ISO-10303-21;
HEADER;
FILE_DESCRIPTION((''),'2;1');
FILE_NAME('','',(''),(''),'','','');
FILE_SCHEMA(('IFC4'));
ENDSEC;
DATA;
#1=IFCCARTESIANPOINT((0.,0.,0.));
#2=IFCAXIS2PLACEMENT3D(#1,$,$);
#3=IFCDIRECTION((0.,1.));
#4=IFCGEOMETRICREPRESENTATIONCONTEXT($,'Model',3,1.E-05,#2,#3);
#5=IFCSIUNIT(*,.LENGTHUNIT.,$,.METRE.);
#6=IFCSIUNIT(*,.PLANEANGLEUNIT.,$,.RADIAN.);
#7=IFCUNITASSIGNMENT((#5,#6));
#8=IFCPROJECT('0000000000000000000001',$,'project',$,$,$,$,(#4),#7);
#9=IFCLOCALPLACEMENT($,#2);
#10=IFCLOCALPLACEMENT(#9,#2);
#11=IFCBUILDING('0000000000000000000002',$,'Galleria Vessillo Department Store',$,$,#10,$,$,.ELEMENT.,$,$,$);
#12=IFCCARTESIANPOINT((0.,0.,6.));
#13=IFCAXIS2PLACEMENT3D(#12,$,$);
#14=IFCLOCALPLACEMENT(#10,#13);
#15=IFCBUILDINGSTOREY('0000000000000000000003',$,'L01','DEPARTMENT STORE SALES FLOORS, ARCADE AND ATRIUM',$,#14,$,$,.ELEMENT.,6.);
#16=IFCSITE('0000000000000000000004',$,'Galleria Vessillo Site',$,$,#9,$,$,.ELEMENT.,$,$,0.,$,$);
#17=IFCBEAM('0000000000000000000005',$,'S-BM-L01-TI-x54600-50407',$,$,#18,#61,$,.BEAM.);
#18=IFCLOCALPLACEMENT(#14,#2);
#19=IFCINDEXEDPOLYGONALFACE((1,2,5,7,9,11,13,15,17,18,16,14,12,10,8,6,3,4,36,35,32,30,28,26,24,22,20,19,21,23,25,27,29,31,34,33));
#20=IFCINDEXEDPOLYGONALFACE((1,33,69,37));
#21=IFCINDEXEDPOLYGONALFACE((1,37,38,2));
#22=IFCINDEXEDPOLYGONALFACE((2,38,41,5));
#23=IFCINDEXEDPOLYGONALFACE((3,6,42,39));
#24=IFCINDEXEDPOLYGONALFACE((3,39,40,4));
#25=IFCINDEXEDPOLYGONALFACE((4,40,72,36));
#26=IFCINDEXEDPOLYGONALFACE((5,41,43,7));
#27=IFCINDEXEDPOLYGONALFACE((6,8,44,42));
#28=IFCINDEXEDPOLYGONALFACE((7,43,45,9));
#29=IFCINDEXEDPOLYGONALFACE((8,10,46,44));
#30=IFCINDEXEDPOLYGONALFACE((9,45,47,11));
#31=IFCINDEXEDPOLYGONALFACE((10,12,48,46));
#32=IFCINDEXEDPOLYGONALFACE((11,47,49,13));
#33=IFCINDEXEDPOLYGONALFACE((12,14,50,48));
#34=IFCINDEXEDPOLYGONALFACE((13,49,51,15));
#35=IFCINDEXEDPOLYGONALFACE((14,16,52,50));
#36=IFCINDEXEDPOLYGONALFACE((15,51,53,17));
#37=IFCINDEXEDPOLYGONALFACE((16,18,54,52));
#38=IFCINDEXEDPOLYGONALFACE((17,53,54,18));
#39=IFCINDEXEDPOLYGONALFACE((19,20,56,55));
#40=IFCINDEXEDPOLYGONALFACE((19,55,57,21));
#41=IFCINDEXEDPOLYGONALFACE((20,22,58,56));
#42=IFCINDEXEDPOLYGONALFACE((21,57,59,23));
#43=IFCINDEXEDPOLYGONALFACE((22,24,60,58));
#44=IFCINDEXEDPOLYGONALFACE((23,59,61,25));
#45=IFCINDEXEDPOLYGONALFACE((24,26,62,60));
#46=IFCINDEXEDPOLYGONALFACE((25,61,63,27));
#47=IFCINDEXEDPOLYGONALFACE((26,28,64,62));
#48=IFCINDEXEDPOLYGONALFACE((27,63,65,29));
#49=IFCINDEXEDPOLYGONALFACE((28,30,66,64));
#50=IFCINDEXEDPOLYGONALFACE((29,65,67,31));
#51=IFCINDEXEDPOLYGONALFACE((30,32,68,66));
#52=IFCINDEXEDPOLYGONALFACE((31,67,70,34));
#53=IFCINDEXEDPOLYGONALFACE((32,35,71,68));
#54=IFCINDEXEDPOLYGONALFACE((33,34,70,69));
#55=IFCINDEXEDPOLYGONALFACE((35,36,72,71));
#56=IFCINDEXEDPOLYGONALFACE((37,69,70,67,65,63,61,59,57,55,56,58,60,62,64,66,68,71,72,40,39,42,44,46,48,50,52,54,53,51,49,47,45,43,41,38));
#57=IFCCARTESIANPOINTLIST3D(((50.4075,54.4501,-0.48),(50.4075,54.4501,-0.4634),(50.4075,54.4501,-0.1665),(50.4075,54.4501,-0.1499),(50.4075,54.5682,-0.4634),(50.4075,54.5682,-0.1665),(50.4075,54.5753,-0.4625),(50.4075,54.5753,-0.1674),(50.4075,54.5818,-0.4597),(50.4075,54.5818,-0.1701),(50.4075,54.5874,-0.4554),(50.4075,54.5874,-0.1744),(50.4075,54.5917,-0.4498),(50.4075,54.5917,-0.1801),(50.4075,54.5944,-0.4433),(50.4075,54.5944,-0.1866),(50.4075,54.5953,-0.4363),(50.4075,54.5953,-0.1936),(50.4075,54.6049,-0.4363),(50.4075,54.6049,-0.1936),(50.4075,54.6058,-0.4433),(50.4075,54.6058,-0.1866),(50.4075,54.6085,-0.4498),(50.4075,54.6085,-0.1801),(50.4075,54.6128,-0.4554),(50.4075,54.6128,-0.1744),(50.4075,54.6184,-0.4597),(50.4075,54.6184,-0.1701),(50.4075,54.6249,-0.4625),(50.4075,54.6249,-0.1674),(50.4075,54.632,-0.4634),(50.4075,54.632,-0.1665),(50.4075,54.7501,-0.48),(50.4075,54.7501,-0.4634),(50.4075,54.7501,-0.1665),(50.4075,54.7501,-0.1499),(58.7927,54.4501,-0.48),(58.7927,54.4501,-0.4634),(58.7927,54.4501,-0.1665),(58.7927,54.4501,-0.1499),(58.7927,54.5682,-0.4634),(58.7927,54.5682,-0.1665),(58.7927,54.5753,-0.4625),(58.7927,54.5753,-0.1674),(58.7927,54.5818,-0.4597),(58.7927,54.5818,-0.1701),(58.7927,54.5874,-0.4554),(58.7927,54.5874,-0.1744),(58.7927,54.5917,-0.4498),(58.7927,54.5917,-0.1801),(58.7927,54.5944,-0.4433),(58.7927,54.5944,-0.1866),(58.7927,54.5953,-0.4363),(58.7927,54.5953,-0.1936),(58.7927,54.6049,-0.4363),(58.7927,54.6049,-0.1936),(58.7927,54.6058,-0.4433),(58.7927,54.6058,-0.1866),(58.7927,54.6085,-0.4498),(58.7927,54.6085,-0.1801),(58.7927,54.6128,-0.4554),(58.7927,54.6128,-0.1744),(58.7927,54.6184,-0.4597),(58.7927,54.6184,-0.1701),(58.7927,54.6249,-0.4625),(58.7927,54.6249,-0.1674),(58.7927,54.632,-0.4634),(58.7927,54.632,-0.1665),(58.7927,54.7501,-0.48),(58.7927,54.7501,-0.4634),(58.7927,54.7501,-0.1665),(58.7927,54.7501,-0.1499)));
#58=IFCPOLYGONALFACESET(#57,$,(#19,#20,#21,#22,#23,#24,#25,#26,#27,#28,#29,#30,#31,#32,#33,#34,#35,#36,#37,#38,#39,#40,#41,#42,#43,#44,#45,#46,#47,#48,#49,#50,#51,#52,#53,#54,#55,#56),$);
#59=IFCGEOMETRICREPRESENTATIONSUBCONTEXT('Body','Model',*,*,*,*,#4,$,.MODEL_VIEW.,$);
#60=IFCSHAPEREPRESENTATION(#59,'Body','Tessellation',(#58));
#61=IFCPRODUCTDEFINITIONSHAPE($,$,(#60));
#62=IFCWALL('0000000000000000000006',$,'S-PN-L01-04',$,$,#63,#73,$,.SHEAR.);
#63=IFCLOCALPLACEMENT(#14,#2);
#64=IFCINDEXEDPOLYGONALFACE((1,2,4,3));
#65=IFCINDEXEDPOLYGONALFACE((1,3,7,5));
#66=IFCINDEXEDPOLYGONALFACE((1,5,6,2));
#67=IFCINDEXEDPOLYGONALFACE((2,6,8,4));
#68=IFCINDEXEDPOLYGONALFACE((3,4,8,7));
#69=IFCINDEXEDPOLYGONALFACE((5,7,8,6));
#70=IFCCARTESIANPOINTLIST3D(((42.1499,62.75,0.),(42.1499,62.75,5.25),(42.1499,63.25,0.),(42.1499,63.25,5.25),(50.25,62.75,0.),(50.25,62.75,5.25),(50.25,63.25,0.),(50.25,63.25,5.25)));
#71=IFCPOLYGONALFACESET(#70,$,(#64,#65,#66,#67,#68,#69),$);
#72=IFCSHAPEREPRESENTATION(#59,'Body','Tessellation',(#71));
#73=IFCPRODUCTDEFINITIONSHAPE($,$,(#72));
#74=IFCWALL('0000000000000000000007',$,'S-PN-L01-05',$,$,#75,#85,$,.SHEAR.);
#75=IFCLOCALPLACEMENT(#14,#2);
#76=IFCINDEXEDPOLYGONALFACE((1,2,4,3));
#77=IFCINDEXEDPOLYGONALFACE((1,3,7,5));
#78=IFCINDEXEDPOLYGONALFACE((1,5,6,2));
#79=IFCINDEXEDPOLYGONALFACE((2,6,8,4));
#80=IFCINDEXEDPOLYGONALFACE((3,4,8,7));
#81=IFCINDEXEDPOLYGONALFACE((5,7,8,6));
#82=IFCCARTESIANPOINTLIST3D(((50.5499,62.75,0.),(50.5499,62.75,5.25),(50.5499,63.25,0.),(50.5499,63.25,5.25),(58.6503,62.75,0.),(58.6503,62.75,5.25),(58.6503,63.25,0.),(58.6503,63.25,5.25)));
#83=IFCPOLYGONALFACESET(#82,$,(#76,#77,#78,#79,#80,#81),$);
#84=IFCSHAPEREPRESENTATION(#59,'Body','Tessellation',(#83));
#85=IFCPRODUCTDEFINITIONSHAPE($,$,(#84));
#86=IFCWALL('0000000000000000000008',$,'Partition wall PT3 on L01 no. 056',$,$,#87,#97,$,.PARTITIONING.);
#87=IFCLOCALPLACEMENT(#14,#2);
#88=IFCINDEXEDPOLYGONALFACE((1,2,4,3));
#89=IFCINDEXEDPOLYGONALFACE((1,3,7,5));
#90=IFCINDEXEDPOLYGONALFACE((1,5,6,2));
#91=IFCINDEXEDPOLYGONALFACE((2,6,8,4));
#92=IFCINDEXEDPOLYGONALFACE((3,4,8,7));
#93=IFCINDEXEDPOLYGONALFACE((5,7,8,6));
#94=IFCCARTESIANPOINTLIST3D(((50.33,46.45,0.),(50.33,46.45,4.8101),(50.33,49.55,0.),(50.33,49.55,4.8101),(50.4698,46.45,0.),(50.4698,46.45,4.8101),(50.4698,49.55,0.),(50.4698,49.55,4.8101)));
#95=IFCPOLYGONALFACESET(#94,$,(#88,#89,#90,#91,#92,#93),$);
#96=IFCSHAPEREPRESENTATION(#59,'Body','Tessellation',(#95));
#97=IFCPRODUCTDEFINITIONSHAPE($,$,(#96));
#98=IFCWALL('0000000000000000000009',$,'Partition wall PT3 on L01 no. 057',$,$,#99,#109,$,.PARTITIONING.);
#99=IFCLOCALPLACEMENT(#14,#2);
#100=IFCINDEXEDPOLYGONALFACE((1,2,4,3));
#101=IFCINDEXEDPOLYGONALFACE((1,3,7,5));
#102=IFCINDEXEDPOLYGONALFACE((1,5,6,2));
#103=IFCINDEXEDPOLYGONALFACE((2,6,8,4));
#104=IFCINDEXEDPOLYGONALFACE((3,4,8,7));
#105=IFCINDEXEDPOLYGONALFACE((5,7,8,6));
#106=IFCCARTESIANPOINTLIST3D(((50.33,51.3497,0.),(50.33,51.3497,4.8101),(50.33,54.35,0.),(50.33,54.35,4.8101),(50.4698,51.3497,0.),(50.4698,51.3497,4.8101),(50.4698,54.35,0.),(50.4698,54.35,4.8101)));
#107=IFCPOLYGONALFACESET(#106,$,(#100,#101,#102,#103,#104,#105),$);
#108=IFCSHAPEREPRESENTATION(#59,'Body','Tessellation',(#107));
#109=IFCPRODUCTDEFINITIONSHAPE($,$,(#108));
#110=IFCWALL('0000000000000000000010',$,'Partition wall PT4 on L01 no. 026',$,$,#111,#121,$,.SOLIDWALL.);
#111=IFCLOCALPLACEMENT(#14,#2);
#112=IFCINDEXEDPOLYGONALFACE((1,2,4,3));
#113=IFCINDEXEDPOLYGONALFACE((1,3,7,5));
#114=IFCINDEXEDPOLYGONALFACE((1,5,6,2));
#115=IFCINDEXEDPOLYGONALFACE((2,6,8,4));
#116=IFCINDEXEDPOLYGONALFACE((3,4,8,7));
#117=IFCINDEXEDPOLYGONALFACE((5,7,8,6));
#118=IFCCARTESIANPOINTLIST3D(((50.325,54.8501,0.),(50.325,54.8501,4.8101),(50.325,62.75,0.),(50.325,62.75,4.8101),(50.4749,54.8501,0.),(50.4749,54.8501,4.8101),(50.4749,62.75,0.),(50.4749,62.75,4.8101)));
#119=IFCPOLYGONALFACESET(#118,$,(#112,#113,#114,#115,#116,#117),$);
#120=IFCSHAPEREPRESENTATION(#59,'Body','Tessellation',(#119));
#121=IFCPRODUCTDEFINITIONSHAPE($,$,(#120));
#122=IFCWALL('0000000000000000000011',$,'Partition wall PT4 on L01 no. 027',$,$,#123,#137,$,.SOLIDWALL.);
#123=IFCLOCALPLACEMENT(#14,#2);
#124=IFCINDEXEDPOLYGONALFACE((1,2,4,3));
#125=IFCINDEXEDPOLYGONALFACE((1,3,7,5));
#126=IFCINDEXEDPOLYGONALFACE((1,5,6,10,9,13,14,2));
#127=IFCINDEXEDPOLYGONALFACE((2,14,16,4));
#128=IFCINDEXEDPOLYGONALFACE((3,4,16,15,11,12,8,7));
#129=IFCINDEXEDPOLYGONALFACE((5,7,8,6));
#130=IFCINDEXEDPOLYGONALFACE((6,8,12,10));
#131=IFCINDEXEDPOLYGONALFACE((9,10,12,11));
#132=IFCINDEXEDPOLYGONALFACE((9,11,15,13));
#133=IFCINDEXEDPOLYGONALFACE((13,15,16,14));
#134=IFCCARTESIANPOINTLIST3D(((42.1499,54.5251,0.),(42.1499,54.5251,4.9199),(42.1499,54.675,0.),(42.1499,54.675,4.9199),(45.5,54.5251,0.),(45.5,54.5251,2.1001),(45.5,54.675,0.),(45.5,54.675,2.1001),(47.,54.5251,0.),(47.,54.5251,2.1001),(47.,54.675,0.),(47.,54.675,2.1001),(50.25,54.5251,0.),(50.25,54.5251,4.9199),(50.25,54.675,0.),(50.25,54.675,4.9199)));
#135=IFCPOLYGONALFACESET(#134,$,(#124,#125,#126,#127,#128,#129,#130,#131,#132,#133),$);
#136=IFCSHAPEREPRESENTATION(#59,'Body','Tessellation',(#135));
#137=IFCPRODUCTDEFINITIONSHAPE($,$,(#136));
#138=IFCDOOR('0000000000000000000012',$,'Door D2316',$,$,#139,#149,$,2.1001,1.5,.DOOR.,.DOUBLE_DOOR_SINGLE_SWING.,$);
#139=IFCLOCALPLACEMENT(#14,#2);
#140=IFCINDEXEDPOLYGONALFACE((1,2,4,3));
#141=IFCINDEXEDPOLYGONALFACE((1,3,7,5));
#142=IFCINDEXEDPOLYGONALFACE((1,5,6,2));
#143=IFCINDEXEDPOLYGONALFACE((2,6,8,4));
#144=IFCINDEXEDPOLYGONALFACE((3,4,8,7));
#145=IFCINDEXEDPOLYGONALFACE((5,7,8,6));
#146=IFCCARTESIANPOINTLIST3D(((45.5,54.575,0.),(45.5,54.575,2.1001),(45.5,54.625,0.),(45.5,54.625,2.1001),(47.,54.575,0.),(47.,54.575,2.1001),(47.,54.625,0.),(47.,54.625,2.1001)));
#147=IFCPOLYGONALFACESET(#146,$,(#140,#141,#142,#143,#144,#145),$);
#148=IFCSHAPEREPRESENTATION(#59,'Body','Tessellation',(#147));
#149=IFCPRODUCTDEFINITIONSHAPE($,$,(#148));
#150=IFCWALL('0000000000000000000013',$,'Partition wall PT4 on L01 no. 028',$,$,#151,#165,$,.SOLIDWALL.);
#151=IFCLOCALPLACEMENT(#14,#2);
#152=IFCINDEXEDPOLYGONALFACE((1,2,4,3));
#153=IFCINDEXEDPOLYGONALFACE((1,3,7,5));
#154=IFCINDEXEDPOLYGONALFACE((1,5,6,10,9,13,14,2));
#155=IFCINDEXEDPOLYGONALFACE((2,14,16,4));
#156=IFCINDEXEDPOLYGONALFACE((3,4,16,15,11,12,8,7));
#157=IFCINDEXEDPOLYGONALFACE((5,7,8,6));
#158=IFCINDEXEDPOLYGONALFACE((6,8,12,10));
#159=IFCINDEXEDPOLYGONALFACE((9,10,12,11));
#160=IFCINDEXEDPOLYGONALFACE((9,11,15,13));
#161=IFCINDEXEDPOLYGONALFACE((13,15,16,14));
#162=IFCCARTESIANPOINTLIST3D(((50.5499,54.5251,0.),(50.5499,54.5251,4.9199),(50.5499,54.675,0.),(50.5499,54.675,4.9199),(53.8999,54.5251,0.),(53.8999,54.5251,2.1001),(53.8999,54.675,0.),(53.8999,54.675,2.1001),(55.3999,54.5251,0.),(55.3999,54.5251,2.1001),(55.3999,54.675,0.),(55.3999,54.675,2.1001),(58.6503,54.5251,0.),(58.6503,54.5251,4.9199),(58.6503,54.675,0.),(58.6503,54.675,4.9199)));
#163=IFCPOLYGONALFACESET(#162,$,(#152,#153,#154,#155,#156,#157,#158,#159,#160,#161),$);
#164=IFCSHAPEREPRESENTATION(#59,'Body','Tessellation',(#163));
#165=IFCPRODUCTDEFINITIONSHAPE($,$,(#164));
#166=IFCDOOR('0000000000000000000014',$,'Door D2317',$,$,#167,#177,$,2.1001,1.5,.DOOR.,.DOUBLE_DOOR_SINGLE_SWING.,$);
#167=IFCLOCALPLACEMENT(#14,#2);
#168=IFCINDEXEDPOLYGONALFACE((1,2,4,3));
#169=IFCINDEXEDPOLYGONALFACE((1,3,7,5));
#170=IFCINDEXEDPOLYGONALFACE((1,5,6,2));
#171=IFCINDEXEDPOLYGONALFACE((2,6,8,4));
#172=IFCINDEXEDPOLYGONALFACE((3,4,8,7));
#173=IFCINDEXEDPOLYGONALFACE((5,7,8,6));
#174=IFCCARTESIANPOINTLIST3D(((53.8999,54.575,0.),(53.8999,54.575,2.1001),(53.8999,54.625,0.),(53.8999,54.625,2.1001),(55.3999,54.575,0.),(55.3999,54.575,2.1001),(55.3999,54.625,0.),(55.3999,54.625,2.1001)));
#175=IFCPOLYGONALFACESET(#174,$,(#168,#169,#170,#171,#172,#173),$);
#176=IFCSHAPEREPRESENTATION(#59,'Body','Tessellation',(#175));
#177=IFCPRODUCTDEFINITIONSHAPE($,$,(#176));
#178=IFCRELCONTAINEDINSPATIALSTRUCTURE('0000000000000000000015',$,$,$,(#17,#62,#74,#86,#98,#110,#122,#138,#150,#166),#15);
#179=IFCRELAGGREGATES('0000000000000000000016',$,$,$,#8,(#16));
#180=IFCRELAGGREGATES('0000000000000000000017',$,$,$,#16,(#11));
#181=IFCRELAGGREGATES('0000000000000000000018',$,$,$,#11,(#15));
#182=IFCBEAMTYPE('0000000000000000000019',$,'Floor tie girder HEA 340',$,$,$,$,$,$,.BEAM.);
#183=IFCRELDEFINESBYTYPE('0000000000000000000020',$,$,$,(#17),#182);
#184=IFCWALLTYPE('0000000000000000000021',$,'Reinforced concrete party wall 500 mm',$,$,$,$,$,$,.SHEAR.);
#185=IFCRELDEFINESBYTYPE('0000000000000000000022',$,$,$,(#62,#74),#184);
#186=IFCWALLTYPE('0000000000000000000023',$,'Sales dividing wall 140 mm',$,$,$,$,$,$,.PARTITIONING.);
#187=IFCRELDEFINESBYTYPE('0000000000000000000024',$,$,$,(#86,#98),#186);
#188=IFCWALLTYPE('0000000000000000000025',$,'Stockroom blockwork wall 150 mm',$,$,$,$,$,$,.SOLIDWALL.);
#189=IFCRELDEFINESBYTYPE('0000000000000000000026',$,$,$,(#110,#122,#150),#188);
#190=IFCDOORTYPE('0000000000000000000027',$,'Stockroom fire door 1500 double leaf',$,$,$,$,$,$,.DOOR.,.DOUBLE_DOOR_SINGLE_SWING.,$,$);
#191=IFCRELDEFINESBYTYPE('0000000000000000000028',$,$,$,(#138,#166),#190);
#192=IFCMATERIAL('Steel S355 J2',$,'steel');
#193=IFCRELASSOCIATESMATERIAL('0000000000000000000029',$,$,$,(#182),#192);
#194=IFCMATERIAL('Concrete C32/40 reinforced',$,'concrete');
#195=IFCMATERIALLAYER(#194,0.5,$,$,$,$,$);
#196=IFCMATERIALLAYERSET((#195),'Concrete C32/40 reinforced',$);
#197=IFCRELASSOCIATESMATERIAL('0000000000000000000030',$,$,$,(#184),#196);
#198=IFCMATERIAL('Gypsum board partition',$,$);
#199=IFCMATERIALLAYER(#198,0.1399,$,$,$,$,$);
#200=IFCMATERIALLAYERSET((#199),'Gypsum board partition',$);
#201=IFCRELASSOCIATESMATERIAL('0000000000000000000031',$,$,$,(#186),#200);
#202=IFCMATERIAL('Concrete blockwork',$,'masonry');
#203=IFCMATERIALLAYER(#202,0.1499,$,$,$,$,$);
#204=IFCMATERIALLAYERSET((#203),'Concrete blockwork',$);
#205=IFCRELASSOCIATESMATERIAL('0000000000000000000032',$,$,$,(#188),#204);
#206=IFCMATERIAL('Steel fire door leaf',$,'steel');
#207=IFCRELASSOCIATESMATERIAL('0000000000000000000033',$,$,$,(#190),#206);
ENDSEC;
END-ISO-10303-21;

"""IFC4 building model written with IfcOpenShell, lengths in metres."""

from ifc_helpers import new_model, si_unit, direction, frame, frame_2d, origin, origin_2d, place, context, subcontext, project, spatial, rectangle, i_section, extrude, material, layer, layer_set, material_profile, profile_set, type_object, element, fill, save


model = new_model("IFC4")

# Units and contexts
model_context = context("Model", 3, precision=1e-05, world=origin(), true_north=direction((0.0, 1.0)))
body_context = subcontext(model_context, "Body", "Model", "MODEL_VIEW")
ifc_project = project(units=[si_unit("LENGTHUNIT", "METRE"), si_unit("PLANEANGLEUNIT", "RADIAN")], contexts=[model_context])

# Site, building, storey
site_placement = place(None, origin())
site = spatial("IfcSite", under=ifc_project, at=site_placement, Name="Galleria Vessillo Site", CompositionType="ELEMENT", RefElevation=0.0)
building_placement = place(site_placement, origin())
building = spatial("IfcBuilding", under=site, at=building_placement, Name="Galleria Vessillo Department Store", CompositionType="ELEMENT")
storey_placement = place(building_placement, frame((0.0, 0.0, 6.0)))
storey = spatial("IfcBuildingStorey", under=building, at=storey_placement, Name="L01", Description="DEPARTMENT STORE SALES FLOORS, ARCADE AND ATRIUM", CompositionType="ELEMENT", Elevation=6.0)

# Beam
ifc_material_1 = material(Name="Steel S355 J2", Category="steel")
ifc_material_profile_1 = material_profile(ifc_material_1, i_section(OverallWidth=0.3, OverallDepth=0.3301, WebThickness=0.0095, FlangeThickness=0.0166, FilletRadius=0.0271, at=origin_2d()), Name="HEA 340")
ifc_profile_set_1 = profile_set([ifc_material_profile_1], Name="Steel S355 J2")
beam_type_1 = type_object("IfcBeamType", Name="Floor tie girder HEA 340", PredefinedType="BEAM", material=ifc_profile_set_1)
for number, where, z_axis, x_axis, name in (
    (1, (50.4075, 54.6001, -0.3149), (1.0, 0.0, 0.0), (0.0, 1.0, 0.0), "S-BM-L01-TI-x54600-50407"),
):
    element("IfcBeam", number, at=place(storey_placement, frame(where, z_axis=z_axis, x_axis=x_axis)), inside=storey, type_object=beam_type_1, Name=name, PredefinedType="BEAM", context=body_context, shape_type="SweptSolid", body=[
        extrude(i_section(OverallWidth=0.3, OverallDepth=0.3301, WebThickness=0.0095, FlangeThickness=0.0166, FilletRadius=0.0271, at=origin_2d()), origin(), (0.0, 0.0, 1.0), 8.3853),
    ])

# Walls
ifc_material_2 = material(Name="Concrete C32/40 reinforced", Category="concrete")
ifc_layer_1 = layer(ifc_material_2, 0.5)
ifc_layer_set_1 = layer_set([ifc_layer_1], Name="Concrete C32/40 reinforced")
wall_type_1 = type_object("IfcWallType", Name="Reinforced concrete party wall 500 mm", PredefinedType="SHEAR", material=ifc_layer_set_1)
wall_1_placement = place(storey_placement, frame((42.1499, 63.0, 0.0), z_axis=(0.0, 0.0, 1.0), x_axis=(1.0, 0.0, 0.0)))
element("IfcWall", 2, at=wall_1_placement, inside=storey, type_object=wall_type_1, Name="S-PN-L01-04", PredefinedType="SHEAR", context=body_context, shape_type="SweptSolid", body=[
    extrude(rectangle(XDim=8.1001, YDim=0.5, at=frame_2d((4.05, 0.0))), origin(), (0.0, 0.0, 1.0), 5.25),
])
wall_2_placement = place(storey_placement, frame((50.5498, 63.0, 0.0), z_axis=(0.0, 0.0, 1.0), x_axis=(1.0, 0.0, 0.0)))
element("IfcWall", 3, at=wall_2_placement, inside=storey, type_object=wall_type_1, Name="S-PN-L01-05", PredefinedType="SHEAR", context=body_context, shape_type="SweptSolid", body=[
    extrude(rectangle(XDim=8.1003, YDim=0.5, at=frame_2d((4.0503, 0.0))), origin(), (0.0, 0.0, 1.0), 5.25),
])
ifc_material_3 = material(Name="Gypsum board partition")
ifc_layer_2 = layer(ifc_material_3, 0.1399)
ifc_layer_set_2 = layer_set([ifc_layer_2], Name="Gypsum board partition")
wall_type_2 = type_object("IfcWallType", Name="Sales dividing wall 140 mm", PredefinedType="PARTITIONING", material=ifc_layer_set_2)
wall_3_placement = place(storey_placement, frame((50.3999, 46.45, 0.0), z_axis=(0.0, 0.0, 1.0), x_axis=(0.0, 1.0, 0.0)))
element("IfcWall", 4, at=wall_3_placement, inside=storey, type_object=wall_type_2, Name="Partition wall PT3 on L01 no. 056", PredefinedType="PARTITIONING", context=body_context, shape_type="SweptSolid", body=[
    extrude(rectangle(XDim=3.1001, YDim=0.1399, at=frame_2d((1.55, 0.0))), origin(), (0.0, 0.0, 1.0), 4.8101),
])
wall_4_placement = place(storey_placement, frame((50.3999, 51.3499, 0.0), z_axis=(0.0, 0.0, 1.0), x_axis=(0.0, 1.0, 0.0)))
element("IfcWall", 5, at=wall_4_placement, inside=storey, type_object=wall_type_2, Name="Partition wall PT3 on L01 no. 057", PredefinedType="PARTITIONING", context=body_context, shape_type="SweptSolid", body=[
    extrude(rectangle(XDim=3.0002, YDim=0.1399, at=frame_2d((1.5, 0.0))), origin(), (0.0, 0.0, 1.0), 4.8101),
])
ifc_material_4 = material(Name="Concrete blockwork", Category="masonry")
ifc_layer_3 = layer(ifc_material_4, 0.1499)
ifc_layer_set_3 = layer_set([ifc_layer_3], Name="Concrete blockwork")
wall_type_3 = type_object("IfcWallType", Name="Stockroom blockwork wall 150 mm", PredefinedType="SOLIDWALL", material=ifc_layer_set_3)
wall_5_placement = place(storey_placement, frame((50.3999, 54.8501, 0.0), z_axis=(0.0, 0.0, 1.0), x_axis=(0.0, 1.0, 0.0)))
element("IfcWall", 6, at=wall_5_placement, inside=storey, type_object=wall_type_3, Name="Partition wall PT4 on L01 no. 026", PredefinedType="SOLIDWALL", context=body_context, shape_type="SweptSolid", body=[
    extrude(rectangle(XDim=7.8999, YDim=0.1499, at=frame_2d((3.95, 0.0))), origin(), (0.0, 0.0, 1.0), 4.8101),
])

# Walls, openings, doors
wall_6_placement = place(storey_placement, frame((42.1499, 54.6001, 0.0), z_axis=(0.0, 0.0, 1.0), x_axis=(1.0, 0.0, 0.0)))
wall_6 = element("IfcWall", 7, at=wall_6_placement, inside=storey, type_object=wall_type_3, Name="Partition wall PT4 on L01 no. 027", PredefinedType="SOLIDWALL", context=body_context, shape_type="SweptSolid", body=[
    extrude(rectangle(XDim=8.1001, YDim=0.1499, at=frame_2d((4.05, 0.0))), origin(), (0.0, 0.0, 1.0), 4.9199),
])
opening_1_placement = place(wall_6_placement, frame((3.3501, 0.0, 0.0)))
opening_1 = element("IfcOpeningElement", 8, at=opening_1_placement, cuts=wall_6, PredefinedType="OPENING", context=body_context, shape_type="SweptSolid", body=[
    extrude(rectangle(XDim=1.5, YDim=2.1001, at=frame_2d((0.75, 1.05))), frame((0.0, 0.085, 0.0), z_axis=(0.0, -1.0, 0.0), x_axis=(1.0, 0.0, 0.0)), (0.0, 0.0, 1.0), 0.1699),
])
ifc_material_5 = material(Name="Steel fire door leaf", Category="steel")
door_type = type_object("IfcDoorType", Name="Stockroom fire door 1500 double leaf", OperationType="DOUBLE_DOOR_SINGLE_SWING", PredefinedType="DOOR", material=ifc_material_5)
door_1_placement = place(opening_1_placement, origin())
door_1 = element("IfcDoor", 9, at=door_1_placement, inside=storey, type_object=door_type, Name="Door D2316", OperationType="DOUBLE_DOOR_SINGLE_SWING", OverallHeight=2.1001, OverallWidth=1.5, PredefinedType="DOOR", context=body_context, shape_type="SweptSolid", body=[
    extrude(rectangle(XDim=1.5, YDim=2.1001, at=frame_2d((0.75, 1.05))), frame((0.0, 0.0249, 0.0), z_axis=(0.0, -1.0, 0.0), x_axis=(1.0, 0.0, 0.0)), (0.0, 0.0, 1.0), 0.05),
])
fill(opening_1, door_1)
wall_7_placement = place(storey_placement, frame((50.5498, 54.6001, 0.0), z_axis=(0.0, 0.0, 1.0), x_axis=(1.0, 0.0, 0.0)))
wall_7 = element("IfcWall", 10, at=wall_7_placement, inside=storey, type_object=wall_type_3, Name="Partition wall PT4 on L01 no. 028", PredefinedType="SOLIDWALL", context=body_context, shape_type="SweptSolid", body=[
    extrude(rectangle(XDim=8.1003, YDim=0.1499, at=frame_2d((4.0503, 0.0))), origin(), (0.0, 0.0, 1.0), 4.9199),
])
opening_2_placement = place(wall_7_placement, frame((3.3501, 0.0, 0.0)))
opening_2 = element("IfcOpeningElement", 11, at=opening_2_placement, cuts=wall_7, PredefinedType="OPENING", context=body_context, shape_type="SweptSolid", body=[
    extrude(rectangle(XDim=1.5, YDim=2.1001, at=frame_2d((0.75, 1.05))), frame((0.0, 0.085, 0.0), z_axis=(0.0, -1.0, 0.0), x_axis=(1.0, 0.0, 0.0)), (0.0, 0.0, 1.0), 0.1699),
])
door_2_placement = place(opening_2_placement, origin())
door_2 = element("IfcDoor", 12, at=door_2_placement, inside=storey, type_object=door_type, Name="Door D2317", OperationType="DOUBLE_DOOR_SINGLE_SWING", OverallHeight=2.1001, OverallWidth=1.5, PredefinedType="DOOR", context=body_context, shape_type="SweptSolid", body=[
    extrude(rectangle(XDim=1.5, YDim=2.1001, at=frame_2d((0.75, 1.05))), frame((0.0, 0.0249, 0.0), z_axis=(0.0, -1.0, 0.0), x_axis=(1.0, 0.0, 0.0)), (0.0, 0.0, 1.0), 0.05),
])
fill(opening_2, door_2)

save(model, "model.ifc")
